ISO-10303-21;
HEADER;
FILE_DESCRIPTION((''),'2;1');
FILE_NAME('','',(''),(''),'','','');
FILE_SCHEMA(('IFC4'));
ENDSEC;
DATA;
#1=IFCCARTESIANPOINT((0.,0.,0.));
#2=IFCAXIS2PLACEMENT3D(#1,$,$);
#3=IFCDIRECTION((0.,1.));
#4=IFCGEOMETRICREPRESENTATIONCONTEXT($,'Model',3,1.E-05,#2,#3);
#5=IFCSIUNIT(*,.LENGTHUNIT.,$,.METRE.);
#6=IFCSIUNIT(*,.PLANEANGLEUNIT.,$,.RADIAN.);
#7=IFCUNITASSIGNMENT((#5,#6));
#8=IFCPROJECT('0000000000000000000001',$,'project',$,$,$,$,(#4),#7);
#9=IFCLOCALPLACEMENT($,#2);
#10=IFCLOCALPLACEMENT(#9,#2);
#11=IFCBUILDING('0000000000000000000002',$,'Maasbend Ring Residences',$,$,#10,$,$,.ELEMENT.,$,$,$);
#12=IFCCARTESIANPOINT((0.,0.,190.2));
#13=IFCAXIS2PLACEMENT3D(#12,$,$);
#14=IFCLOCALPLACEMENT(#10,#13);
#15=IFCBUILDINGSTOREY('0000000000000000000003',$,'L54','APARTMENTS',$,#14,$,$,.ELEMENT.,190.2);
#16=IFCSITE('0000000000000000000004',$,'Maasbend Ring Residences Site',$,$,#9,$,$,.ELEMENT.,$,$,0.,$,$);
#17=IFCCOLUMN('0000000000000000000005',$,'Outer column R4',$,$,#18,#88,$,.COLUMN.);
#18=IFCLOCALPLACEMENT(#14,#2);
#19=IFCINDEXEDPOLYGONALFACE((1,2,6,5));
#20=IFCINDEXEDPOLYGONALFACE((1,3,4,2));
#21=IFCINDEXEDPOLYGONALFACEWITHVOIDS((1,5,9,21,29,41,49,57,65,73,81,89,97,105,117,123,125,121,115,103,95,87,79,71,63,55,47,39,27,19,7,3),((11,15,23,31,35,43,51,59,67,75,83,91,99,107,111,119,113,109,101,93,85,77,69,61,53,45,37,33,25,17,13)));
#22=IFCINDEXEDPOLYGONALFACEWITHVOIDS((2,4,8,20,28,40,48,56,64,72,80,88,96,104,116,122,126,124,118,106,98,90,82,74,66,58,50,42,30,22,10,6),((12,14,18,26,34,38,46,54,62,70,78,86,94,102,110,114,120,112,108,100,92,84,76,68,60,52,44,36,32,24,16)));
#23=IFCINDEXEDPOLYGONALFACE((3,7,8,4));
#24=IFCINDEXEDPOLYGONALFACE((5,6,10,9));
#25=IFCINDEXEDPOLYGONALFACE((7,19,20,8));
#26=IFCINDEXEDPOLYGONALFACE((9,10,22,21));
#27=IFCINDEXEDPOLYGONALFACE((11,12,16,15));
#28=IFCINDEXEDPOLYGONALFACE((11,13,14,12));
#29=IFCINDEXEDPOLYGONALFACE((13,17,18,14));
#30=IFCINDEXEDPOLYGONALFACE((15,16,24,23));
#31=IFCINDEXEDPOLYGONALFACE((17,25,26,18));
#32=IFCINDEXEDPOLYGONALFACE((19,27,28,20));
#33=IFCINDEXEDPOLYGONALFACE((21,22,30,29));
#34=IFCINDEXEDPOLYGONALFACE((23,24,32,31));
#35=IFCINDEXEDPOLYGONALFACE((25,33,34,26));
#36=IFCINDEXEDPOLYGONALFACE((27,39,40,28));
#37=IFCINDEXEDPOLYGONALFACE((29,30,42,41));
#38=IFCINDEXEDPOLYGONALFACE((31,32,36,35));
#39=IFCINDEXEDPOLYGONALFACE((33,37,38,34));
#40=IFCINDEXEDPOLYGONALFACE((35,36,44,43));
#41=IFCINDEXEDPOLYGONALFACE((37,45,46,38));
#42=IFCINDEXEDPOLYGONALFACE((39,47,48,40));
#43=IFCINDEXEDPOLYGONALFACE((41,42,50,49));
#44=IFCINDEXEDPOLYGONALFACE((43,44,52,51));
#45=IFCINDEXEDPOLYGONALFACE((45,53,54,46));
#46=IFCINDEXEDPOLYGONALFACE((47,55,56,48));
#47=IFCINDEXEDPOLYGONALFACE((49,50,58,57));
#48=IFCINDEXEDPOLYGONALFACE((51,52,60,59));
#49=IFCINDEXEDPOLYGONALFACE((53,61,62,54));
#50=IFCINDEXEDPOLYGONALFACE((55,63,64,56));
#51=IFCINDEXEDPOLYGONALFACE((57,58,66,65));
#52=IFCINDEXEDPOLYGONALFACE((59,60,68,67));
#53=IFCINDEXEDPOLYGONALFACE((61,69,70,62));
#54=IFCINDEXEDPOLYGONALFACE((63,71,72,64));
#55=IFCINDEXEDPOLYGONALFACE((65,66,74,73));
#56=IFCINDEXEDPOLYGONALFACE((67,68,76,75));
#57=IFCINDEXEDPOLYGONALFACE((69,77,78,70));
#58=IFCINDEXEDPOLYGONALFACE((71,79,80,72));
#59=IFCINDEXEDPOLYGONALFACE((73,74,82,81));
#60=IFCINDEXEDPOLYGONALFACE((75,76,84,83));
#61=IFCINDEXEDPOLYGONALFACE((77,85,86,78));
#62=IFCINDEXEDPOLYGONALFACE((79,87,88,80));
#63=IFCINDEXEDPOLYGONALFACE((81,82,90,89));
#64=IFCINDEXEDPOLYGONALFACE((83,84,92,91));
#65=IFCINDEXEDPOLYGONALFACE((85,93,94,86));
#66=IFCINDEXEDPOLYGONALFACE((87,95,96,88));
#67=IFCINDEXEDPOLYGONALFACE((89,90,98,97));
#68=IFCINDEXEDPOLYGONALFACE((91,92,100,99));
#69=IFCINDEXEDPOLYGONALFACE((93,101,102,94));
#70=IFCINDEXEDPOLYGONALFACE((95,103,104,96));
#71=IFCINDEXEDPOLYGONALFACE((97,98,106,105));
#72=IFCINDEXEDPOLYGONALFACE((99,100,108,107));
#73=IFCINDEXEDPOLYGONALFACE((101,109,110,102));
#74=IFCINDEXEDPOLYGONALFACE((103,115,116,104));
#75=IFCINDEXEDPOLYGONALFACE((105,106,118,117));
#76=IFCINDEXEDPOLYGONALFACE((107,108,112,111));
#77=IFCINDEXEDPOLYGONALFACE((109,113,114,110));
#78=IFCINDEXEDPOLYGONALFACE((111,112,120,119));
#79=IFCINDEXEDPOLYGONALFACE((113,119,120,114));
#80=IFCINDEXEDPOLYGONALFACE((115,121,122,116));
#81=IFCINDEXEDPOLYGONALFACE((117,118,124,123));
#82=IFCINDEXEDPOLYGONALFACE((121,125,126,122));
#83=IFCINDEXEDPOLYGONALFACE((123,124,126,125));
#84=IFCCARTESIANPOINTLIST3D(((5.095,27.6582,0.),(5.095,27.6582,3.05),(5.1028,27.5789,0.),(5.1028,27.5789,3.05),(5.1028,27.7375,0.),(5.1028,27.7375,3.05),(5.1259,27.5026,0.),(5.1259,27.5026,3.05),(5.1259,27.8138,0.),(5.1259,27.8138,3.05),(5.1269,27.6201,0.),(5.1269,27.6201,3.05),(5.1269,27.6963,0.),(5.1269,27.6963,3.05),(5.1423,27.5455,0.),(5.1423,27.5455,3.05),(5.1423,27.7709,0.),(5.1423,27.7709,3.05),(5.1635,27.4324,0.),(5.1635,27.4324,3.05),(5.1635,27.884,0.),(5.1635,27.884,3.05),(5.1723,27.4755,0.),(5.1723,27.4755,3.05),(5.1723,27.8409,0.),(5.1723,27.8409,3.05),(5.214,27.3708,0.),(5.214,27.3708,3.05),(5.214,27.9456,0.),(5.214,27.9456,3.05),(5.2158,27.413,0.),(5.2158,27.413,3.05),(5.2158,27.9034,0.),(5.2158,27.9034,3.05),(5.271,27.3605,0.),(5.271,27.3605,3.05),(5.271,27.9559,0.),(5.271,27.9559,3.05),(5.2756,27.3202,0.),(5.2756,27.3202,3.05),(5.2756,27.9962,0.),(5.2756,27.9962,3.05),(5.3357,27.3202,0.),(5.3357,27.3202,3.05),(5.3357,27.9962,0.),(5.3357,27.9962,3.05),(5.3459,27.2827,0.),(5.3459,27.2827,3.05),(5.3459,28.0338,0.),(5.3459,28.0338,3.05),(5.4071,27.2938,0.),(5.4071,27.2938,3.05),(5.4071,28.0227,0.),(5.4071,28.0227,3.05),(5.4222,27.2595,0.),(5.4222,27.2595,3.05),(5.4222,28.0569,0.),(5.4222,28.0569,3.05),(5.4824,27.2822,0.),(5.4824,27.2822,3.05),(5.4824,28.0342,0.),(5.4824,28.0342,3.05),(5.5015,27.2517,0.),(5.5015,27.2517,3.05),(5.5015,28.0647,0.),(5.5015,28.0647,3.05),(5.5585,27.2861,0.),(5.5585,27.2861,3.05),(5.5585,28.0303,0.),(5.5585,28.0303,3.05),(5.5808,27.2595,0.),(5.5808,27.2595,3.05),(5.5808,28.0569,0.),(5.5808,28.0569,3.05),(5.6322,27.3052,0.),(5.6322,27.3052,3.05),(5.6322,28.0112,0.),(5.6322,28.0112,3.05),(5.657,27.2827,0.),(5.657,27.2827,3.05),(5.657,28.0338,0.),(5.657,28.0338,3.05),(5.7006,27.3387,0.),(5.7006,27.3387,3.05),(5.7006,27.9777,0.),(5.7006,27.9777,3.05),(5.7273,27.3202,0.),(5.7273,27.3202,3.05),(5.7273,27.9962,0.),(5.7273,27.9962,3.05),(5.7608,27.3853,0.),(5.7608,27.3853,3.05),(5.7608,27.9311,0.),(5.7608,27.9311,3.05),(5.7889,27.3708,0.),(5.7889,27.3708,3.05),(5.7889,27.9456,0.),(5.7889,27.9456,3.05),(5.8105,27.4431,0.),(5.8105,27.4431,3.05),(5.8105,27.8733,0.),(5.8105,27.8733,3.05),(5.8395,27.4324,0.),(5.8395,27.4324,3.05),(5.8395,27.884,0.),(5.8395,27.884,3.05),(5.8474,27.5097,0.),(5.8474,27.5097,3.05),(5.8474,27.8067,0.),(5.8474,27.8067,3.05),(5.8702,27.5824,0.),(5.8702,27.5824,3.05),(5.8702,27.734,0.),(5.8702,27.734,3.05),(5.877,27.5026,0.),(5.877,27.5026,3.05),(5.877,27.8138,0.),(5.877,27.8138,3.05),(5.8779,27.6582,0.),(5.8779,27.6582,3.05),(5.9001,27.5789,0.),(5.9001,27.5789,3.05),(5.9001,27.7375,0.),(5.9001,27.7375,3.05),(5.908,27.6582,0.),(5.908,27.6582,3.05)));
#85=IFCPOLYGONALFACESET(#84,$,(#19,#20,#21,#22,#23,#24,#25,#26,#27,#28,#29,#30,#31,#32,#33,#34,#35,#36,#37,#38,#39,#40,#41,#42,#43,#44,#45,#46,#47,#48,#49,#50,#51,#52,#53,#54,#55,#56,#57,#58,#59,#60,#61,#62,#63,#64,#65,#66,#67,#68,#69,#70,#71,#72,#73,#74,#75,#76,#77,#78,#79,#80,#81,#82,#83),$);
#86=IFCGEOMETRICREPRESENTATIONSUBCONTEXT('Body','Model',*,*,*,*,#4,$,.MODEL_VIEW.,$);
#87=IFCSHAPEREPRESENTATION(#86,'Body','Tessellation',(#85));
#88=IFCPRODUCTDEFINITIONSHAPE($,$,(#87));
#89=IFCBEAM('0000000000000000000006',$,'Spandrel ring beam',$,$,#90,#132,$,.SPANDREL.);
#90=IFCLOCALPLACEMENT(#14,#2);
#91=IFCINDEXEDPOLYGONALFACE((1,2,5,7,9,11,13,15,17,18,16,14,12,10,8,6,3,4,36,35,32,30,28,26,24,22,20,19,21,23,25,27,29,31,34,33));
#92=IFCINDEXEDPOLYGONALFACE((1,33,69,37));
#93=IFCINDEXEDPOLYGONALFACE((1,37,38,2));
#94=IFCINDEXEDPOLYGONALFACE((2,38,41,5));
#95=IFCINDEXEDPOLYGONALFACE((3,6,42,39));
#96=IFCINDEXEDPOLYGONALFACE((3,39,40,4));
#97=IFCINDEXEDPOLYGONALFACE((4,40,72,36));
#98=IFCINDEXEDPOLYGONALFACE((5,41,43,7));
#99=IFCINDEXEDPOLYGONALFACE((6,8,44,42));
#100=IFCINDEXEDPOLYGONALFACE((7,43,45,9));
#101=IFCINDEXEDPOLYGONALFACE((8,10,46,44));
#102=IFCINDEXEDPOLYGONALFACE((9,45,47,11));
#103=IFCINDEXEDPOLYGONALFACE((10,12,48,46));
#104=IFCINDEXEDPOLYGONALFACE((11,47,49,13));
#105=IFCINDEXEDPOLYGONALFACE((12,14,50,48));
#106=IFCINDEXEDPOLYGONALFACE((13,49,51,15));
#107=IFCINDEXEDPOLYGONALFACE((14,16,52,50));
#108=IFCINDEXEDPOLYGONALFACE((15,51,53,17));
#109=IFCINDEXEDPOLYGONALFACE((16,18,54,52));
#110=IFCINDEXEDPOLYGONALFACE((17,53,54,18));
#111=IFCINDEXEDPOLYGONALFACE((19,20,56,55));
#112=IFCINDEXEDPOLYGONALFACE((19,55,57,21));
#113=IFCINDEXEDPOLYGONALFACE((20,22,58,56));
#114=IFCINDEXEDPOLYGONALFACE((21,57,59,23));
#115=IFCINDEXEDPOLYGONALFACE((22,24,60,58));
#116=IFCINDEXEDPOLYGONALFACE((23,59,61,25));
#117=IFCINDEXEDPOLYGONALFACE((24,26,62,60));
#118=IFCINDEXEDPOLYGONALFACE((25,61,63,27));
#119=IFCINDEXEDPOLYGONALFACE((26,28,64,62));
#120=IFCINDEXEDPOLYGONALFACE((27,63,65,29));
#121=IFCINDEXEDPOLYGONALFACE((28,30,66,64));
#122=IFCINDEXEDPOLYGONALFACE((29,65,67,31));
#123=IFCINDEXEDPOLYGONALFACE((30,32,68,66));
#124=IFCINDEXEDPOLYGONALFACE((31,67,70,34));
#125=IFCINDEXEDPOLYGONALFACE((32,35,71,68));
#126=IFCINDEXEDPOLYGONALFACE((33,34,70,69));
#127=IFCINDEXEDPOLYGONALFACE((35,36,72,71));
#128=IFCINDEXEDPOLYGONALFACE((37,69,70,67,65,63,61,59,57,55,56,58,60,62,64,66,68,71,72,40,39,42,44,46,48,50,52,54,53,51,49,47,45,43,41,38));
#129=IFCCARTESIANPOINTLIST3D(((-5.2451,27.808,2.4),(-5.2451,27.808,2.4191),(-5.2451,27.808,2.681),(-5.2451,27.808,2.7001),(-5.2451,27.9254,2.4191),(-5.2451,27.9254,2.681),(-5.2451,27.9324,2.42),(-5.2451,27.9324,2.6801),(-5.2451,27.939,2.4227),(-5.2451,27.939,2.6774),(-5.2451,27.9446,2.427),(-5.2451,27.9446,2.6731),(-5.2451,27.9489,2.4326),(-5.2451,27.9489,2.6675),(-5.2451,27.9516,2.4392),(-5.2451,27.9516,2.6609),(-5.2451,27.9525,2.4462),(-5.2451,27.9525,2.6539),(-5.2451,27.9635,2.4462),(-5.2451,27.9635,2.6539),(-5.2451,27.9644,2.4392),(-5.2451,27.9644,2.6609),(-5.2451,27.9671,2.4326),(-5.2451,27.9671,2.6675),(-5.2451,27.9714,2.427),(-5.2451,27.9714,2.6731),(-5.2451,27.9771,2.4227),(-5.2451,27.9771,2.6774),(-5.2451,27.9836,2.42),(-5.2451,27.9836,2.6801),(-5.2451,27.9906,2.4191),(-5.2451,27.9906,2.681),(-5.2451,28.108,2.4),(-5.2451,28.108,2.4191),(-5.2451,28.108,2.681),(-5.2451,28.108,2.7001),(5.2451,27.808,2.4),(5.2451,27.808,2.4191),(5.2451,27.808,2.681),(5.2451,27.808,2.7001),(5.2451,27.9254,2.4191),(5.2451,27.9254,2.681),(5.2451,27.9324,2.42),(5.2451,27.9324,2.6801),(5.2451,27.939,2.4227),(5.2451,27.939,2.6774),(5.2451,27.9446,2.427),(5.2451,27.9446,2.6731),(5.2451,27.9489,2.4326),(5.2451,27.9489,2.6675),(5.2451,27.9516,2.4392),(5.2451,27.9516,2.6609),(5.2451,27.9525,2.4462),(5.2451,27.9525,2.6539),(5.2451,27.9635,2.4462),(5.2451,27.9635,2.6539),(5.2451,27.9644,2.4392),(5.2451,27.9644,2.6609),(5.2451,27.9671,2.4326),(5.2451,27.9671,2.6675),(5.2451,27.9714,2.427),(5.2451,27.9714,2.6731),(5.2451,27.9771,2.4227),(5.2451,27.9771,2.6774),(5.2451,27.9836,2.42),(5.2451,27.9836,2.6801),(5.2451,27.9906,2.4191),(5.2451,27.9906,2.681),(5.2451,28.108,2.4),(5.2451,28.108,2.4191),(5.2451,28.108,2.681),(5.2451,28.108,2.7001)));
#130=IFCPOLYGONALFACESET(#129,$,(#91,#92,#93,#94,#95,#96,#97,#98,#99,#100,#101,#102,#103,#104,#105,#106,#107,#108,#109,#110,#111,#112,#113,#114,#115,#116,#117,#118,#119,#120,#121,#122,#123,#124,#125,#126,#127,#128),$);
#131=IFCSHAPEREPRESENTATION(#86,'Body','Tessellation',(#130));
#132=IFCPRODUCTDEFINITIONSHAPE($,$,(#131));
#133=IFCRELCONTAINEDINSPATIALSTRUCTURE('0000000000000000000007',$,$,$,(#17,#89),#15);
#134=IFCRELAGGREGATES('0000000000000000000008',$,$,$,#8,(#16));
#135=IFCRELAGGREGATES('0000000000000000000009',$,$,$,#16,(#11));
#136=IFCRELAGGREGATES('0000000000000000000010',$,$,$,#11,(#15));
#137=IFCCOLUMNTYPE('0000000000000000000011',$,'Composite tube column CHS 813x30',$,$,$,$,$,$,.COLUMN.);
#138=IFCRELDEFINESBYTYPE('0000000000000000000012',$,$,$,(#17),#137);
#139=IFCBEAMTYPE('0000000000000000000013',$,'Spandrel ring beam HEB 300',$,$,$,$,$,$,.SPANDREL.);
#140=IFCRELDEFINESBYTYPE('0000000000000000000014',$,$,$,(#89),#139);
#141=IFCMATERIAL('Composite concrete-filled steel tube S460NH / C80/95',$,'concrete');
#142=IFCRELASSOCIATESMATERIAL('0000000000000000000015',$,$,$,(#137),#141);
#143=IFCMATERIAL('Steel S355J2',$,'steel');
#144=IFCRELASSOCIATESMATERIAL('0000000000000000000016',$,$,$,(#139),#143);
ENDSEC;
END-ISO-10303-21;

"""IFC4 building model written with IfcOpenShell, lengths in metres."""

from ifc_helpers import new_model, si_unit, direction, frame, origin, origin_2d, place, context, subcontext, project, spatial, hollow_circle, i_section, extrude, material, material_profile, profile_set, type_object, element, save


model = new_model("IFC4")

# Units and contexts
model_context = context("Model", 3, precision=1e-05, world=origin(), true_north=direction((0.0, 1.0)))
body_context = subcontext(model_context, "Body", "Model", "MODEL_VIEW")
ifc_project = project(units=[si_unit("LENGTHUNIT", "METRE"), si_unit("PLANEANGLEUNIT", "RADIAN")], contexts=[model_context])

# Site, building, storey
site_placement = place(None, origin())
site = spatial("IfcSite", under=ifc_project, at=site_placement, Name="Maasbend Ring Residences Site", CompositionType="ELEMENT", RefElevation=0.0)
building_placement = place(site_placement, origin())
building = spatial("IfcBuilding", under=site, at=building_placement, Name="Maasbend Ring Residences", CompositionType="ELEMENT")
storey_placement = place(building_placement, frame((0.0, 0.0, 190.2)))
storey = spatial("IfcBuildingStorey", under=building, at=storey_placement, Name="L54", Description="APARTMENTS", CompositionType="ELEMENT", Elevation=190.2)

# Column
ifc_material_1 = material(Name="Composite concrete-filled steel tube S460NH / C80/95", Category="concrete")
ifc_material_profile_1 = material_profile(ifc_material_1, hollow_circle(Radius=0.4065, WallThickness=0.03, at=origin_2d()), Name="Composite tube column CHS 813x30")
ifc_profile_set_1 = profile_set([ifc_material_profile_1], Name="Composite concrete-filled steel tube S460NH / C80/95")
column_type = type_object("IfcColumnType", Name="Composite tube column CHS 813x30", PredefinedType="COLUMN", material=ifc_profile_set_1)
column_placement = place(storey_placement, frame((5.5015, 27.6582, 0.0), z_axis=(0.0, 0.0, 1.0), x_axis=(1.0, 0.0, 0.0)))
element("IfcColumn", 1, at=column_placement, inside=storey, type_object=column_type, Name="Outer column R4", PredefinedType="COLUMN", context=body_context, shape_type="SweptSolid", body=[
    extrude(hollow_circle(Radius=0.4065, WallThickness=0.03, at=origin_2d()), origin(), (0.0, 0.0, 1.0), 3.05),
])

# Beam
ifc_material_2 = material(Name="Steel S355J2", Category="steel")
ifc_material_profile_2 = material_profile(ifc_material_2, i_section(OverallWidth=0.3, OverallDepth=0.3, WebThickness=0.011, FlangeThickness=0.019, FilletRadius=0.0271, at=origin_2d()), Name="HEB 300")
ifc_profile_set_2 = profile_set([ifc_material_profile_2], Name="Steel S355J2")
beam_type = type_object("IfcBeamType", Name="Spandrel ring beam HEB 300", PredefinedType="SPANDREL", material=ifc_profile_set_2)
beam_placement = place(storey_placement, frame((5.2451, 27.958, 2.55), z_axis=(-1.0, 0.0, 0.0), x_axis=(0.0, -1.0, 0.0)))
element("IfcBeam", 2, at=beam_placement, inside=storey, type_object=beam_type, Name="Spandrel ring beam", PredefinedType="SPANDREL", context=body_context, shape_type="SweptSolid", body=[
    extrude(i_section(OverallWidth=0.3, OverallDepth=0.3, WebThickness=0.011, FlangeThickness=0.019, FilletRadius=0.0271, at=origin_2d()), origin(), (0.0, 0.0, 1.0), 10.4902),
])

save(model, "model.ifc")
